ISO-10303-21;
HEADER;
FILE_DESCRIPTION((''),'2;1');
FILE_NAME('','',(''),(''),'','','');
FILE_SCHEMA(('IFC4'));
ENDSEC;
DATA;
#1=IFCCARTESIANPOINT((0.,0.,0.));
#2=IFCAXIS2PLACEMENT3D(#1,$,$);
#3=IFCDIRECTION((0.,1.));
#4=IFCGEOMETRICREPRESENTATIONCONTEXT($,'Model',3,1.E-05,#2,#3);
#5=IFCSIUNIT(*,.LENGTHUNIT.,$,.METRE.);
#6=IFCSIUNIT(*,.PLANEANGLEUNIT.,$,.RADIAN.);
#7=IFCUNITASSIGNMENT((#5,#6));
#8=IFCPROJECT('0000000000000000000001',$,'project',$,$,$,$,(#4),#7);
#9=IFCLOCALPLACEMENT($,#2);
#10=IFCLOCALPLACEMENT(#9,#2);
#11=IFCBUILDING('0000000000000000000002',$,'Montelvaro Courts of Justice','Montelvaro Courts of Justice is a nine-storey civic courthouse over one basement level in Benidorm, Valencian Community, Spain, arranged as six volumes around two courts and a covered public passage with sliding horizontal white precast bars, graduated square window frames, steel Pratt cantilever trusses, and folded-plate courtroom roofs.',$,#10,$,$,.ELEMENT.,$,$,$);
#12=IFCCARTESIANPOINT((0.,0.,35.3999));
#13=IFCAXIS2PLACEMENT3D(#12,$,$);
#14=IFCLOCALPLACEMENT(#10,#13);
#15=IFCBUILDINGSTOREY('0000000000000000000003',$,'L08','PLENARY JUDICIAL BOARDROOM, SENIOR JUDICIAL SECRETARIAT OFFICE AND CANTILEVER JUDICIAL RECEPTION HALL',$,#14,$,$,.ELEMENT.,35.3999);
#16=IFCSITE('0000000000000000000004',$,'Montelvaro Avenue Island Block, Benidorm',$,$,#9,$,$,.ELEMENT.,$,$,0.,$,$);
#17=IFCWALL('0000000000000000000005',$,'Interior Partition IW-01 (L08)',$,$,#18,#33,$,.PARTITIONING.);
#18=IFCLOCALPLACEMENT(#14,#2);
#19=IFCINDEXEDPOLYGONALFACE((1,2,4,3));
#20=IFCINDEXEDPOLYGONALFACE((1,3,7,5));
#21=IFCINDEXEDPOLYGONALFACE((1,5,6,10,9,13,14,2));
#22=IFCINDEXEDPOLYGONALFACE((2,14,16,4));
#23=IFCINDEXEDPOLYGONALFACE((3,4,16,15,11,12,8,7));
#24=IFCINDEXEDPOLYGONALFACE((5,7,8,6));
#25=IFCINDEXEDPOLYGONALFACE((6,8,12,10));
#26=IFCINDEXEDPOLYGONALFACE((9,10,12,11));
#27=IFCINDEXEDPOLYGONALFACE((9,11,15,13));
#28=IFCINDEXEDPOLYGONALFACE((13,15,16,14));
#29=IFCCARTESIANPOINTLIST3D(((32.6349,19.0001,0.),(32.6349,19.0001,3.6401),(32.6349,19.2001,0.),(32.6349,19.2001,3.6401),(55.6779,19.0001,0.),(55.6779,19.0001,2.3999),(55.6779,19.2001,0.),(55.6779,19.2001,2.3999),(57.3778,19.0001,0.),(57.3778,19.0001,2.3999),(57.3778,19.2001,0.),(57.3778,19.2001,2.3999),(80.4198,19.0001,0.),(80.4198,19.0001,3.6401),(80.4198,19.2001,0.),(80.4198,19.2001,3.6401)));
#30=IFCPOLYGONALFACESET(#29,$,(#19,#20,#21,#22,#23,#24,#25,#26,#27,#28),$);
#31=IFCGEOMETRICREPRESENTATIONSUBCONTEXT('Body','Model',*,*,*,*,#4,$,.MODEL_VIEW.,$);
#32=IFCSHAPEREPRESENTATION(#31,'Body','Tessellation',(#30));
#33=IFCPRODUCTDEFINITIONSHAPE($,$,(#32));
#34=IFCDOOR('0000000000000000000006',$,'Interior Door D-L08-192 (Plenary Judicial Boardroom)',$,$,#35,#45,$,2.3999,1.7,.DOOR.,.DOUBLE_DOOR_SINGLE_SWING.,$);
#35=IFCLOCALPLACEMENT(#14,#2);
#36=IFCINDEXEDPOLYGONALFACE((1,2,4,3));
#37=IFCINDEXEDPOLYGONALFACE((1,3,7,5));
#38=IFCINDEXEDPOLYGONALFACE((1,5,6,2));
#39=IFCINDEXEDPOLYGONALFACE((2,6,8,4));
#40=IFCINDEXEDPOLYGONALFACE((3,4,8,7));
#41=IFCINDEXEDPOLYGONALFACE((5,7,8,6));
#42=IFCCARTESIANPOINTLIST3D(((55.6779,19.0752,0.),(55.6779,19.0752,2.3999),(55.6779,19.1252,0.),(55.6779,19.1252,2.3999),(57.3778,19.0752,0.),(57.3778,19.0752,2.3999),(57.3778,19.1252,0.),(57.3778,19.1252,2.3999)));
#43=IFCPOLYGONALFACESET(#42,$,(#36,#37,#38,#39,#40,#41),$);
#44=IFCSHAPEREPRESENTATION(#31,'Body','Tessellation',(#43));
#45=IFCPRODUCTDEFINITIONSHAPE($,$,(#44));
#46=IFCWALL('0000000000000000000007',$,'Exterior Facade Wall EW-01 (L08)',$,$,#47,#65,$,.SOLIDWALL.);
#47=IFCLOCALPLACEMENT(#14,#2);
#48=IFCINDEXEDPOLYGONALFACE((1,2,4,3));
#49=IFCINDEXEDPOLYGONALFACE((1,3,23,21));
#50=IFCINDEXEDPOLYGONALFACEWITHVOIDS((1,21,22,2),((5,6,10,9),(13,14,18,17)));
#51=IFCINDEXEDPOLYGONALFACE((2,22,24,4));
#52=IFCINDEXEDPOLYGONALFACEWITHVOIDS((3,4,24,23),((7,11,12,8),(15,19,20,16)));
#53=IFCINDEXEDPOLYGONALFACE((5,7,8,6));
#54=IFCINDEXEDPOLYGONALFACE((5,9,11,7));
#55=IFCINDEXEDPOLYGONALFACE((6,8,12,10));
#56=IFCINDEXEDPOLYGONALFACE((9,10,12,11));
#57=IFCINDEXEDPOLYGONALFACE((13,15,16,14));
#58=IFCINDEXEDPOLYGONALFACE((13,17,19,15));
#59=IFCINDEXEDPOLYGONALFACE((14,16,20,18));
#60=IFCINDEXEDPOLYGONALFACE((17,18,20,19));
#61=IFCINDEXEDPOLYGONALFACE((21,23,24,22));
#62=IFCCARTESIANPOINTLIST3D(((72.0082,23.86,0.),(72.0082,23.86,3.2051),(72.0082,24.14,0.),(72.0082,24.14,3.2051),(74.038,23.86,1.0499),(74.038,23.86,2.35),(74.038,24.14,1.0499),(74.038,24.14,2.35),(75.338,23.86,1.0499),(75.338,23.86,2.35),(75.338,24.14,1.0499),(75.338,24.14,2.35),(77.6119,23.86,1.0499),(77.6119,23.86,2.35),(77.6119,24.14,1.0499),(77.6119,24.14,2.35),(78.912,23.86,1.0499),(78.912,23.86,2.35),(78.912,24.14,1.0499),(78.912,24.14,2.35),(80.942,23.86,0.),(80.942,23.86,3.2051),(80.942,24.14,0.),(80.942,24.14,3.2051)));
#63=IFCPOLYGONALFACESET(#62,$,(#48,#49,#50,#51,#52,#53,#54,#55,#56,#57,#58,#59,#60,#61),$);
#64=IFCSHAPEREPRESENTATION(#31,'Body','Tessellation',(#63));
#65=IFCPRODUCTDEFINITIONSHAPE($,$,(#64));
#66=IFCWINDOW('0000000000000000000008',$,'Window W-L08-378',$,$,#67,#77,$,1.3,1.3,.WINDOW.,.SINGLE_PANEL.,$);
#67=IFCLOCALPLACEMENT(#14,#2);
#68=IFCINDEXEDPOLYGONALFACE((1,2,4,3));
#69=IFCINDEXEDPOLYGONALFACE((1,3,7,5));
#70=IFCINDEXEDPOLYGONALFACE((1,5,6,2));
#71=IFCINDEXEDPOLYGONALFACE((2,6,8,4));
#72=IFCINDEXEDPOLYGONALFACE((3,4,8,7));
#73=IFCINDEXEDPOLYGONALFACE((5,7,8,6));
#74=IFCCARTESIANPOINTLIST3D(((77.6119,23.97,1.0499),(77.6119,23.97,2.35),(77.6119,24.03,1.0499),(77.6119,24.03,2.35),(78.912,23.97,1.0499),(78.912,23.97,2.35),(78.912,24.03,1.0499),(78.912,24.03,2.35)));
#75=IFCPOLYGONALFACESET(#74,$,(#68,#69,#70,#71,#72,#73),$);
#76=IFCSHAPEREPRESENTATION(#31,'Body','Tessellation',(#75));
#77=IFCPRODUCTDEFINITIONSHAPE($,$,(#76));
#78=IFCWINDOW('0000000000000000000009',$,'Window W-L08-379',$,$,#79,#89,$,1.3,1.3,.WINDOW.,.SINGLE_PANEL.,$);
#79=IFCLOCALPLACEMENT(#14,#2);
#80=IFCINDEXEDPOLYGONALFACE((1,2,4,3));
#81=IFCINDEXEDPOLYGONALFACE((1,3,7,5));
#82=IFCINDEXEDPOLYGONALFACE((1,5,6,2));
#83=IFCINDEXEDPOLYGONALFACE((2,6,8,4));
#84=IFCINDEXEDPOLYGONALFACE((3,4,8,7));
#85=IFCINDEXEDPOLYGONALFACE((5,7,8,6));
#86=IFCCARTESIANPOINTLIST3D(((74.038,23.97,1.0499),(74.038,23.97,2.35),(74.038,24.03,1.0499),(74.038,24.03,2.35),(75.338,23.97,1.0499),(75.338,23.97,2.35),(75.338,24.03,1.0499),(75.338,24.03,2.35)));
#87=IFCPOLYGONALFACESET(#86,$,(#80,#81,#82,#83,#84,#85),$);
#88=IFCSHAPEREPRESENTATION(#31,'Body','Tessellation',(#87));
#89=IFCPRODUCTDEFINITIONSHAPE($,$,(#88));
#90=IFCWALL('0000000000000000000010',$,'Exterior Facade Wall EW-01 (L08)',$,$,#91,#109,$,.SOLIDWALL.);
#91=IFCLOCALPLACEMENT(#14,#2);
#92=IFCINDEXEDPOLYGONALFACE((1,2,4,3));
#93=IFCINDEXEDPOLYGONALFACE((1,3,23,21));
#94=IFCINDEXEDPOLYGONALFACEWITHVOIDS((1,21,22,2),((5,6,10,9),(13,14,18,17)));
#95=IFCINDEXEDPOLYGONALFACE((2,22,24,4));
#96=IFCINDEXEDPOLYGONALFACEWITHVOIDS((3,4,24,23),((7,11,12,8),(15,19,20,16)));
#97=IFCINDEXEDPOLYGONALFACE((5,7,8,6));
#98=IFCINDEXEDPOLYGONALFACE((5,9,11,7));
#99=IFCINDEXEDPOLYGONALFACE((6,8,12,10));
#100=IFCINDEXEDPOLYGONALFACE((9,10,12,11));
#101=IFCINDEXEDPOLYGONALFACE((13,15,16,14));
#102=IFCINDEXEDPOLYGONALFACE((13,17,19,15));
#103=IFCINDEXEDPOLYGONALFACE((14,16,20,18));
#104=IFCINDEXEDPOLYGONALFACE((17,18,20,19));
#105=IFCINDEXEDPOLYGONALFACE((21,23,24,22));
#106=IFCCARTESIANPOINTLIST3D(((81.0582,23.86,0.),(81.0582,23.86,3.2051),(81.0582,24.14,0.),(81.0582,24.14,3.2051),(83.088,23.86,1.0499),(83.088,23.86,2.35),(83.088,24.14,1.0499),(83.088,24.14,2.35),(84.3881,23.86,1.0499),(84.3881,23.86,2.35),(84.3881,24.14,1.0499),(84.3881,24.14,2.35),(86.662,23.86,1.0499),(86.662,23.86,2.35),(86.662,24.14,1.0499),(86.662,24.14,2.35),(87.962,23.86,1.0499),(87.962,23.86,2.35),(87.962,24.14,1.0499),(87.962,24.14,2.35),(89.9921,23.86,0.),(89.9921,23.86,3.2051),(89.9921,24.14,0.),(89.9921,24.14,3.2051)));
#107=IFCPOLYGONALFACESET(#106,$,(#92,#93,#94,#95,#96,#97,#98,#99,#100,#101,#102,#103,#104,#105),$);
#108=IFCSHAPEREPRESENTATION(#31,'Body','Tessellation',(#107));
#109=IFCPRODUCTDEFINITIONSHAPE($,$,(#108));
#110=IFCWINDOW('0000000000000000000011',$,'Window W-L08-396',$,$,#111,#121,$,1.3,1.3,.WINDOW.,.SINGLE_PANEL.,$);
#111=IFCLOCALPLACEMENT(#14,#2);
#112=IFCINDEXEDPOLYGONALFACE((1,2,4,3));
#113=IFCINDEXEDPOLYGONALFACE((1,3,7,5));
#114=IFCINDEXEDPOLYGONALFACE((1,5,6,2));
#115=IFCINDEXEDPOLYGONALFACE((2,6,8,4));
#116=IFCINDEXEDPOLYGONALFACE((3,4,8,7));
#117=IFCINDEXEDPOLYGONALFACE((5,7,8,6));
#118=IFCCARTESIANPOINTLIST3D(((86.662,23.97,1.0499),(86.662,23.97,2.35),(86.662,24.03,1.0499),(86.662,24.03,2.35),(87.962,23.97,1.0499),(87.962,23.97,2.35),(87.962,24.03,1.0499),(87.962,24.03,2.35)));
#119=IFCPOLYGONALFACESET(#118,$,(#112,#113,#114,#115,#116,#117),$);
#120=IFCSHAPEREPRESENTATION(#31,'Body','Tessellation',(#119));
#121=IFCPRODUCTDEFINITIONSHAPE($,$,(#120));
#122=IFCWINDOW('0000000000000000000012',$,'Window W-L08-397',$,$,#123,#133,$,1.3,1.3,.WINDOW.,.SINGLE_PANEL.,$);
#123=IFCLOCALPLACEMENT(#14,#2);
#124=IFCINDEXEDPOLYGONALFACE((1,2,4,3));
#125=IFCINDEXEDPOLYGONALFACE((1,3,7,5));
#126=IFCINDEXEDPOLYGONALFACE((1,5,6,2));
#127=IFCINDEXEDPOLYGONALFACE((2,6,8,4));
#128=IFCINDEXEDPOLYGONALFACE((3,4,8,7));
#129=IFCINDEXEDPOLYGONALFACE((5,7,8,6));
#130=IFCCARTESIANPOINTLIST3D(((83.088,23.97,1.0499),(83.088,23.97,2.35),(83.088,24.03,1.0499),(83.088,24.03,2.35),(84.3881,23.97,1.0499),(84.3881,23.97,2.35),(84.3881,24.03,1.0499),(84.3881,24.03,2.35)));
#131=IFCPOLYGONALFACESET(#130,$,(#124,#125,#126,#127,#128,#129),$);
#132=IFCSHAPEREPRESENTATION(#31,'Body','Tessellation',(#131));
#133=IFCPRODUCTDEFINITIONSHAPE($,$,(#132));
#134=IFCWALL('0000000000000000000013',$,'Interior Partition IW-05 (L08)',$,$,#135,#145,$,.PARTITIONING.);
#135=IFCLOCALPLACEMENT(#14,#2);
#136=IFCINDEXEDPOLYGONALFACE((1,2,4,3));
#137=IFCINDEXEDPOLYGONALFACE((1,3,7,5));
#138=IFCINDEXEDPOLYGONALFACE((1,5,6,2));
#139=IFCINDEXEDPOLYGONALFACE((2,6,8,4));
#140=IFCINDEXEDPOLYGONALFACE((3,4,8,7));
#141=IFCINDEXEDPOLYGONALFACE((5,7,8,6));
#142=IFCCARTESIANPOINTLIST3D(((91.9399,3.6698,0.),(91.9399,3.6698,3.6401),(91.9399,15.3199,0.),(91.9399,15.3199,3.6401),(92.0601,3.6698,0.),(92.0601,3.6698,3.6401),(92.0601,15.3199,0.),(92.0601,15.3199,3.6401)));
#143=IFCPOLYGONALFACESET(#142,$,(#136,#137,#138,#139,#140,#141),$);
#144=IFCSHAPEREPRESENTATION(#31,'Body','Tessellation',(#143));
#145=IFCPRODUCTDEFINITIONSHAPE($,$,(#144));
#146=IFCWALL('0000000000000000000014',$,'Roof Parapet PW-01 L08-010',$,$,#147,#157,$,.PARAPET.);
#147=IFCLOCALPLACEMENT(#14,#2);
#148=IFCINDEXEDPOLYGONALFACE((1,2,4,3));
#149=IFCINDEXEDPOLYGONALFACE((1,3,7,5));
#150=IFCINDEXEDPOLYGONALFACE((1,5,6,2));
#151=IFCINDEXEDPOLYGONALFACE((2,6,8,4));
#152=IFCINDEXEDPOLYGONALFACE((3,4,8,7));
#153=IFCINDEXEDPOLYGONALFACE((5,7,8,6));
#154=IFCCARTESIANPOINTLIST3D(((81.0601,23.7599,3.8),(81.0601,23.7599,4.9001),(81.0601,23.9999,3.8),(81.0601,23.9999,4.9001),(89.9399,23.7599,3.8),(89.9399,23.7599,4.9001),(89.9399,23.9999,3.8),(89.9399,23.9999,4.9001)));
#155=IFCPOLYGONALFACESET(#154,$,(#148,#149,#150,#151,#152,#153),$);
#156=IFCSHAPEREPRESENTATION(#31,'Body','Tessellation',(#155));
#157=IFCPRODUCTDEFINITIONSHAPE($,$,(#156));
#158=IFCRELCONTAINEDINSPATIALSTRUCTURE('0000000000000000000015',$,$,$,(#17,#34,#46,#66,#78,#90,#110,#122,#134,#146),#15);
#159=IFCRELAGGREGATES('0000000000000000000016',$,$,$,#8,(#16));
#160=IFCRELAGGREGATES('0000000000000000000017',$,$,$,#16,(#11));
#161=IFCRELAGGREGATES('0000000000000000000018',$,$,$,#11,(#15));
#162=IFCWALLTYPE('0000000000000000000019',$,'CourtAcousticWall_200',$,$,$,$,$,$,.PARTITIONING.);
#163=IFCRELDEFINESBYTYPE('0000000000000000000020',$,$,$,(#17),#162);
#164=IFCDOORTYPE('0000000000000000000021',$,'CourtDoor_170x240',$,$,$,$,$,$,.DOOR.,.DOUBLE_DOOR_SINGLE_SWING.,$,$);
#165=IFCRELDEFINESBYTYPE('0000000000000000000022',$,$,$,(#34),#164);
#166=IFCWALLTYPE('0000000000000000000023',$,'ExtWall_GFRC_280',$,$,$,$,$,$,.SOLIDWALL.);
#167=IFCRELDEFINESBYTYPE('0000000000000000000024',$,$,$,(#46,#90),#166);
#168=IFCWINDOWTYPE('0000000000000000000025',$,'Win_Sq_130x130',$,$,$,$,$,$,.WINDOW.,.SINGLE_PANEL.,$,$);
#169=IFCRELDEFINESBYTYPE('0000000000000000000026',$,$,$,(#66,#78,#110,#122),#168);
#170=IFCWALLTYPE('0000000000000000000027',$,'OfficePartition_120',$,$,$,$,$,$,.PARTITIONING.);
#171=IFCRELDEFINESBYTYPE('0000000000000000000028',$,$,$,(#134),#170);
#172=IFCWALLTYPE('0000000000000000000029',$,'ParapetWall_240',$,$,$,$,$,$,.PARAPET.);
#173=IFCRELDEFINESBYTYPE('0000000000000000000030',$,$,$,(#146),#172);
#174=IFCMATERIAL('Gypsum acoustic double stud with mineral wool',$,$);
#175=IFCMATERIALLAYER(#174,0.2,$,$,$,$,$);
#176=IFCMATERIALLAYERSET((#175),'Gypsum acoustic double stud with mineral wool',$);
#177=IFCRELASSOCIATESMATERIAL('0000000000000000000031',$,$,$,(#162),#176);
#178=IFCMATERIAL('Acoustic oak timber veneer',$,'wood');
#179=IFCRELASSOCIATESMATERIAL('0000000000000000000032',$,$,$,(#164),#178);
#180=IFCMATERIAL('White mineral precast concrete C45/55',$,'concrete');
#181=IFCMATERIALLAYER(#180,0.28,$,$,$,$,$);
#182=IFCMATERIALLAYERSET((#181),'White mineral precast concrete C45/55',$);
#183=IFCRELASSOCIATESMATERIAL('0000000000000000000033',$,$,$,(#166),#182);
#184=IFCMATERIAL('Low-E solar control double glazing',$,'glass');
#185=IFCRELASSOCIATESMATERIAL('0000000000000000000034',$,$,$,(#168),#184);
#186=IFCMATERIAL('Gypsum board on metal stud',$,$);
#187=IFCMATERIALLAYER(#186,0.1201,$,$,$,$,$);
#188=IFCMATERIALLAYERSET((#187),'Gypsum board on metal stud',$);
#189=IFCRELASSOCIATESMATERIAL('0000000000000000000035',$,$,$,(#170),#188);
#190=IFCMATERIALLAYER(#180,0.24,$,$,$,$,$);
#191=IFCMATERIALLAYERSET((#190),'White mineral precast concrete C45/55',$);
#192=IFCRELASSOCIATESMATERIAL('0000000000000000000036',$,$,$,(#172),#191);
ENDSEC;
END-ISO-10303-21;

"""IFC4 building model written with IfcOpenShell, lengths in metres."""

from ifc_helpers import new_model, si_unit, direction, frame, frame_2d, origin, place, context, subcontext, project, spatial, rectangle, extrude, material, layer, layer_set, type_object, element, fill, save


model = new_model("IFC4")

# Units and contexts
model_context = context("Model", 3, precision=1e-05, world=origin(), true_north=direction((0.0, 1.0)))
body_context = subcontext(model_context, "Body", "Model", "MODEL_VIEW")
ifc_project = project(units=[si_unit("LENGTHUNIT", "METRE"), si_unit("PLANEANGLEUNIT", "RADIAN")], contexts=[model_context])

# Site, building, storey
site_placement = place(None, origin())
site = spatial("IfcSite", under=ifc_project, at=site_placement, Name="Montelvaro Avenue Island Block, Benidorm", CompositionType="ELEMENT", RefElevation=0.0)
building_placement = place(site_placement, origin())
building = spatial("IfcBuilding", under=site, at=building_placement, Name="Montelvaro Courts of Justice", Description="Montelvaro Courts of Justice is a nine-storey civic courthouse over one basement level in Benidorm, Valencian Community, Spain, arranged as six volumes around two courts and a covered public passage with sliding horizontal white precast bars, graduated square window frames, steel Pratt cantilever trusses, and folded-plate courtroom roofs.", CompositionType="ELEMENT")
storey_placement = place(building_placement, frame((0.0, 0.0, 35.3999)))
storey = spatial("IfcBuildingStorey", under=building, at=storey_placement, Name="L08", Description="PLENARY JUDICIAL BOARDROOM, SENIOR JUDICIAL SECRETARIAT OFFICE AND CANTILEVER JUDICIAL RECEPTION HALL", CompositionType="ELEMENT", Elevation=35.3999)

# Shared definitions
ifc_material_1 = material(Name="White mineral precast concrete C45/55", Category="concrete")

# Shared definitions
ifc_material_2 = material(Name="Gypsum board on metal stud")
ifc_material_3 = material(Name="Gypsum acoustic double stud with mineral wool")
ifc_layer_1 = layer(ifc_material_3, 0.2)
ifc_layer_set_1 = layer_set([ifc_layer_1], Name="Gypsum acoustic double stud with mineral wool")
wall_type_1 = type_object("IfcWallType", Name="CourtAcousticWall_200", PredefinedType="PARTITIONING", material=ifc_layer_set_1)

# Wall, opening, door
wall_1_placement = place(storey_placement, frame((80.4199, 19.1001, 0.0), z_axis=(0.0, 0.0, 1.0), x_axis=(-1.0, 0.0, 0.0)))
wall_1 = element("IfcWall", 1, at=wall_1_placement, inside=storey, type_object=wall_type_1, Name="Interior Partition IW-01 (L08)", PredefinedType="PARTITIONING", context=body_context, shape_type="SweptSolid", body=[
    extrude(rectangle(XDim=47.7849, YDim=0.2, at=frame_2d((23.8926, 0.0))), origin(), (0.0, 0.0, 1.0), 3.6401),
])
opening_1_placement = place(wall_1_placement, frame((23.042, 0.0, 0.0)))
opening_1 = element("IfcOpeningElement", 2, at=opening_1_placement, cuts=wall_1, PredefinedType="OPENING", context=body_context, shape_type="SweptSolid", body=[
    extrude(rectangle(XDim=1.7, YDim=2.3999, at=frame_2d((0.8501, 1.2))), frame((0.0, 0.1147, 0.0), z_axis=(0.0, -1.0, 0.0), x_axis=(1.0, 0.0, 0.0)), (0.0, 0.0, 1.0), 0.2297),
])
ifc_material_4 = material(Name="Acoustic oak timber veneer", Category="wood")
door_type = type_object("IfcDoorType", Name="CourtDoor_170x240", OperationType="DOUBLE_DOOR_SINGLE_SWING", PredefinedType="DOOR", material=ifc_material_4)
door_placement = place(opening_1_placement, origin())
door = element("IfcDoor", 3, at=door_placement, inside=storey, type_object=door_type, Name="Interior Door D-L08-192 (Plenary Judicial Boardroom)", OperationType="DOUBLE_DOOR_SINGLE_SWING", OverallHeight=2.3999, OverallWidth=1.7, PredefinedType="DOOR", context=body_context, shape_type="SweptSolid", body=[
    extrude(rectangle(XDim=1.7, YDim=2.3999, at=frame_2d((0.8501, 1.2))), frame((0.0, 0.0249, 0.0), z_axis=(0.0, -1.0, 0.0), x_axis=(1.0, 0.0, 0.0)), (0.0, 0.0, 1.0), 0.05),
])
fill(opening_1, door)

# Walls, openings, windows
ifc_layer_2 = layer(ifc_material_1, 0.28)
ifc_layer_set_2 = layer_set([ifc_layer_2], Name="White mineral precast concrete C45/55")
wall_type_2 = type_object("IfcWallType", Name="ExtWall_GFRC_280", PredefinedType="SOLIDWALL", material=ifc_layer_set_2)
wall_2_placement = place(storey_placement, frame((80.9419, 24.0, 0.0), z_axis=(0.0, 0.0, 1.0), x_axis=(-1.0, 0.0, 0.0)))
wall_2 = element("IfcWall", 4, at=wall_2_placement, inside=storey, type_object=wall_type_2, Name="Exterior Facade Wall EW-01 (L08)", PredefinedType="SOLIDWALL", context=body_context, shape_type="SweptSolid", body=[
    extrude(rectangle(XDim=8.9338, YDim=0.28, at=frame_2d((4.4668, 0.0))), origin(), (0.0, 0.0, 1.0), 3.2051),
])
opening_2_placement = place(wall_2_placement, frame((2.03, 0.0, 1.05)))
opening_2 = element("IfcOpeningElement", 5, at=opening_2_placement, cuts=wall_2, PredefinedType="OPENING", context=body_context, shape_type="SweptSolid", body=[
    extrude(rectangle(XDim=1.3, YDim=1.3, at=frame_2d((0.6499, 0.6499))), frame((0.0, 0.1548, 0.0), z_axis=(0.0, -1.0, 0.0), x_axis=(1.0, 0.0, 0.0)), (0.0, 0.0, 1.0), 0.3098),
])
opening_3_placement = place(wall_2_placement, frame((5.604, 0.0, 1.05)))
opening_3 = element("IfcOpeningElement", 6, at=opening_3_placement, cuts=wall_2, PredefinedType="OPENING", context=body_context, shape_type="SweptSolid", body=[
    extrude(rectangle(XDim=1.3, YDim=1.3, at=frame_2d((0.6499, 0.6499))), frame((0.0, 0.1548, 0.0), z_axis=(0.0, -1.0, 0.0), x_axis=(1.0, 0.0, 0.0)), (0.0, 0.0, 1.0), 0.3098),
])
ifc_material_5 = material(Name="Low-E solar control double glazing", Category="glass")
window_type = type_object("IfcWindowType", Name="Win_Sq_130x130", PartitioningType="SINGLE_PANEL", PredefinedType="WINDOW", material=ifc_material_5)
window_1_placement = place(opening_2_placement, origin())
window_1 = element("IfcWindow", 7, at=window_1_placement, inside=storey, type_object=window_type, Name="Window W-L08-378", OverallHeight=1.3, OverallWidth=1.3, PartitioningType="SINGLE_PANEL", PredefinedType="WINDOW", context=body_context, shape_type="SweptSolid", body=[
    extrude(rectangle(XDim=1.3, YDim=1.3, at=frame_2d((0.6499, 0.6499))), frame((0.0, 0.03, 0.0), z_axis=(0.0, -1.0, 0.0), x_axis=(1.0, 0.0, 0.0)), (0.0, 0.0, 1.0), 0.0601),
])
fill(opening_2, window_1)
window_2_placement = place(opening_3_placement, origin())
window_2 = element("IfcWindow", 8, at=window_2_placement, inside=storey, type_object=window_type, Name="Window W-L08-379", OverallHeight=1.3, OverallWidth=1.3, PartitioningType="SINGLE_PANEL", PredefinedType="WINDOW", context=body_context, shape_type="SweptSolid", body=[
    extrude(rectangle(XDim=1.3, YDim=1.3, at=frame_2d((0.6499, 0.6499))), frame((0.0, 0.03, 0.0), z_axis=(0.0, -1.0, 0.0), x_axis=(1.0, 0.0, 0.0)), (0.0, 0.0, 1.0), 0.0601),
])
fill(opening_3, window_2)
wall_3_placement = place(storey_placement, frame((89.9919, 24.0, 0.0), z_axis=(0.0, 0.0, 1.0), x_axis=(-1.0, 0.0, 0.0)))
wall_3 = element("IfcWall", 9, at=wall_3_placement, inside=storey, type_object=wall_type_2, Name="Exterior Facade Wall EW-01 (L08)", PredefinedType="SOLIDWALL", context=body_context, shape_type="SweptSolid", body=[
    extrude(rectangle(XDim=8.9338, YDim=0.28, at=frame_2d((4.4668, 0.0))), origin(), (0.0, 0.0, 1.0), 3.2051),
])
opening_4_placement = place(wall_3_placement, frame((2.03, 0.0, 1.05)))
opening_4 = element("IfcOpeningElement", 10, at=opening_4_placement, cuts=wall_3, PredefinedType="OPENING", context=body_context, shape_type="SweptSolid", body=[
    extrude(rectangle(XDim=1.3, YDim=1.3, at=frame_2d((0.6499, 0.6499))), frame((0.0, 0.1548, 0.0), z_axis=(0.0, -1.0, 0.0), x_axis=(1.0, 0.0, 0.0)), (0.0, 0.0, 1.0), 0.3098),
])
opening_5_placement = place(wall_3_placement, frame((5.604, 0.0, 1.05)))
opening_5 = element("IfcOpeningElement", 11, at=opening_5_placement, cuts=wall_3, PredefinedType="OPENING", context=body_context, shape_type="SweptSolid", body=[
    extrude(rectangle(XDim=1.3, YDim=1.3, at=frame_2d((0.6499, 0.6499))), frame((0.0, 0.1548, 0.0), z_axis=(0.0, -1.0, 0.0), x_axis=(1.0, 0.0, 0.0)), (0.0, 0.0, 1.0), 0.3098),
])
window_3_placement = place(opening_4_placement, origin())
window_3 = element("IfcWindow", 12, at=window_3_placement, inside=storey, type_object=window_type, Name="Window W-L08-396", OverallHeight=1.3, OverallWidth=1.3, PartitioningType="SINGLE_PANEL", PredefinedType="WINDOW", context=body_context, shape_type="SweptSolid", body=[
    extrude(rectangle(XDim=1.3, YDim=1.3, at=frame_2d((0.6499, 0.6499))), frame((0.0, 0.03, 0.0), z_axis=(0.0, -1.0, 0.0), x_axis=(1.0, 0.0, 0.0)), (0.0, 0.0, 1.0), 0.0601),
])
fill(opening_4, window_3)
window_4_placement = place(opening_5_placement, origin())
window_4 = element("IfcWindow", 13, at=window_4_placement, inside=storey, type_object=window_type, Name="Window W-L08-397", OverallHeight=1.3, OverallWidth=1.3, PartitioningType="SINGLE_PANEL", PredefinedType="WINDOW", context=body_context, shape_type="SweptSolid", body=[
    extrude(rectangle(XDim=1.3, YDim=1.3, at=frame_2d((0.6499, 0.6499))), frame((0.0, 0.03, 0.0), z_axis=(0.0, -1.0, 0.0), x_axis=(1.0, 0.0, 0.0)), (0.0, 0.0, 1.0), 0.0601),
])
fill(opening_5, window_4)

# Walls
ifc_layer_3 = layer(ifc_material_2, 0.1201)
ifc_layer_set_3 = layer_set([ifc_layer_3], Name="Gypsum board on metal stud")
wall_type_3 = type_object("IfcWallType", Name="OfficePartition_120", PredefinedType="PARTITIONING", material=ifc_layer_set_3)
wall_4_placement = place(storey_placement, frame((92.0, 15.3201, 0.0), z_axis=(0.0, 0.0, 1.0), x_axis=(0.0, -1.0, 0.0)))
element("IfcWall", 14, at=wall_4_placement, inside=storey, type_object=wall_type_3, Name="Interior Partition IW-05 (L08)", PredefinedType="PARTITIONING", context=body_context, shape_type="SweptSolid", body=[
    extrude(rectangle(XDim=11.6501, YDim=0.1201, at=frame_2d((5.8252, 0.0))), origin(), (0.0, 0.0, 1.0), 3.6401),
])
ifc_layer_4 = layer(ifc_material_1, 0.24)
ifc_layer_set_4 = layer_set([ifc_layer_4], Name="White mineral precast concrete C45/55")
wall_type_4 = type_object("IfcWallType", Name="ParapetWall_240", PredefinedType="PARAPET", material=ifc_layer_set_4)
wall_5_placement = place(storey_placement, frame((89.9399, 23.8799, 3.8), z_axis=(0.0, 0.0, 1.0), x_axis=(-1.0, 0.0, 0.0)))
element("IfcWall", 15, at=wall_5_placement, inside=storey, type_object=wall_type_4, Name="Roof Parapet PW-01 L08-010", PredefinedType="PARAPET", context=body_context, shape_type="SweptSolid", body=[
    extrude(rectangle(XDim=8.8799, YDim=0.24, at=frame_2d((4.4399, 0.0))), origin(), (0.0, 0.0, 1.0), 1.1001),
])

save(model, "model.ifc")
